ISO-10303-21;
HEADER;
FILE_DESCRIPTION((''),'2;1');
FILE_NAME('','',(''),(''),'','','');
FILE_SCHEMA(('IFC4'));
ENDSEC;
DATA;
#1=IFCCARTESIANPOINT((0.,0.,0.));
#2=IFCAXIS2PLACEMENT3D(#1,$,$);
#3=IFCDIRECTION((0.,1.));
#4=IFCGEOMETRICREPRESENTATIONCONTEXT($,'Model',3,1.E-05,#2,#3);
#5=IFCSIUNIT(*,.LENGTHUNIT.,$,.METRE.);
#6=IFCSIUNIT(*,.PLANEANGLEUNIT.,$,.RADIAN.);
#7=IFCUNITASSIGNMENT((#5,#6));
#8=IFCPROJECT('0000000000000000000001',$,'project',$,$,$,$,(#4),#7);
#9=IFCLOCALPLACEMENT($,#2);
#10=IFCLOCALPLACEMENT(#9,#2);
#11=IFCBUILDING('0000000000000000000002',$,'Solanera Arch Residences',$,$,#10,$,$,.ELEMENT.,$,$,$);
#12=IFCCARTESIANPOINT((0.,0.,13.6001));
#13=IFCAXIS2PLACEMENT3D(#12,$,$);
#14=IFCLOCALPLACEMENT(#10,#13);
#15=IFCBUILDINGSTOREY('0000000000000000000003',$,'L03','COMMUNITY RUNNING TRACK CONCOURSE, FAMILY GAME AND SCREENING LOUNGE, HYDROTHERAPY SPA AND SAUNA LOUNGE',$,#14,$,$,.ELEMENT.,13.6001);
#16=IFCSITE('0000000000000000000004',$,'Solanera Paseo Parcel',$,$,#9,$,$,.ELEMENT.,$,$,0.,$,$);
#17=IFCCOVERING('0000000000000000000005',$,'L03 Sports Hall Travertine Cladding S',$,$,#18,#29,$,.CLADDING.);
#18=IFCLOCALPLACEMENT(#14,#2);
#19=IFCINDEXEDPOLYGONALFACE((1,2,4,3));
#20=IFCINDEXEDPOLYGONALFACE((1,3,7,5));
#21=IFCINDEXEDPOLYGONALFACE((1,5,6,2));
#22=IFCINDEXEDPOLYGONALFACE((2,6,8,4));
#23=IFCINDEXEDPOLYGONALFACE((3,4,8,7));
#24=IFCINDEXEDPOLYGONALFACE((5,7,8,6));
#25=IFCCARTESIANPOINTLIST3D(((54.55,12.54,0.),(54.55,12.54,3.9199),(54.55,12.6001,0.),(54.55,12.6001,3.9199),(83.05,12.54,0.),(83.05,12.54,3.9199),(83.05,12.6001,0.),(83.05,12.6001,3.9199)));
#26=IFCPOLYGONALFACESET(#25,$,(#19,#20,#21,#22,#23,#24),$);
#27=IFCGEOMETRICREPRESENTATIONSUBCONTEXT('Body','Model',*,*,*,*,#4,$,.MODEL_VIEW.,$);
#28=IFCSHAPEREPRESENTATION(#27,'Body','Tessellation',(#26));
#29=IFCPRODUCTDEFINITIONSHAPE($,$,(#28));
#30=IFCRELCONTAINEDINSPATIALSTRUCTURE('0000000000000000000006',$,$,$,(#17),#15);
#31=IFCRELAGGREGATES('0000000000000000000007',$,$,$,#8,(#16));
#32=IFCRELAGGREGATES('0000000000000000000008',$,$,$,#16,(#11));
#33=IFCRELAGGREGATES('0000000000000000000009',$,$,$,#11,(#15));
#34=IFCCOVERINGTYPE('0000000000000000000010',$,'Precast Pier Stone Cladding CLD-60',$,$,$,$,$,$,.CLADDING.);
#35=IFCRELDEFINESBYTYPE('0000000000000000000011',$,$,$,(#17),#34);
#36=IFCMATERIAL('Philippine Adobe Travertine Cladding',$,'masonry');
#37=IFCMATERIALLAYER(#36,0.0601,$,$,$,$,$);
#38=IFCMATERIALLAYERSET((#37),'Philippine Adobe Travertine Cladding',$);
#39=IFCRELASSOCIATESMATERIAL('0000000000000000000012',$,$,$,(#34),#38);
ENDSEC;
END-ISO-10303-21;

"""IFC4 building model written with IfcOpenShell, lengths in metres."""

from ifc_helpers import new_model, si_unit, direction, frame, frame_2d, origin, place, context, subcontext, project, spatial, rectangle, extrude, material, layer, layer_set, type_object, element, save


model = new_model("IFC4")

# Units and contexts
model_context = context("Model", 3, precision=1e-05, world=origin(), true_north=direction((0.0, 1.0)))
body_context = subcontext(model_context, "Body", "Model", "MODEL_VIEW")
ifc_project = project(units=[si_unit("LENGTHUNIT", "METRE"), si_unit("PLANEANGLEUNIT", "RADIAN")], contexts=[model_context])

# Site, building, storey
site_placement = place(None, origin())
site = spatial("IfcSite", under=ifc_project, at=site_placement, Name="Solanera Paseo Parcel", CompositionType="ELEMENT", RefElevation=0.0)
building_placement = place(site_placement, origin())
building = spatial("IfcBuilding", under=site, at=building_placement, Name="Solanera Arch Residences", CompositionType="ELEMENT")
storey_placement = place(building_placement, frame((0.0, 0.0, 13.6001)))
storey = spatial("IfcBuildingStorey", under=building, at=storey_placement, Name="L03", Description="COMMUNITY RUNNING TRACK CONCOURSE, FAMILY GAME AND SCREENING LOUNGE, HYDROTHERAPY SPA AND SAUNA LOUNGE", CompositionType="ELEMENT", Elevation=13.6001)

# Covering
ifc_material_1 = material(Name="Philippine Adobe Travertine Cladding", Category="masonry")
ifc_layer_1 = layer(ifc_material_1, 0.0601)
ifc_layer_set_1 = layer_set([ifc_layer_1], Name="Philippine Adobe Travertine Cladding")
covering_type = type_object("IfcCoveringType", Name="Precast Pier Stone Cladding CLD-60", PredefinedType="CLADDING", material=ifc_layer_set_1)
covering_placement = place(storey_placement, frame((83.05, 12.5701, 0.0), z_axis=(0.0, 0.0, 1.0), x_axis=(-1.0, 0.0, 0.0)))
element("IfcCovering", 1, at=covering_placement, inside=storey, type_object=covering_type, Name="L03 Sports Hall Travertine Cladding S", PredefinedType="CLADDING", context=body_context, shape_type="SweptSolid", body=[
    extrude(rectangle(XDim=28.5, YDim=0.0601, at=frame_2d((14.25, 0.0))), origin(), (0.0, 0.0, 1.0), 3.9199),
])

save(model, "model.ifc")
